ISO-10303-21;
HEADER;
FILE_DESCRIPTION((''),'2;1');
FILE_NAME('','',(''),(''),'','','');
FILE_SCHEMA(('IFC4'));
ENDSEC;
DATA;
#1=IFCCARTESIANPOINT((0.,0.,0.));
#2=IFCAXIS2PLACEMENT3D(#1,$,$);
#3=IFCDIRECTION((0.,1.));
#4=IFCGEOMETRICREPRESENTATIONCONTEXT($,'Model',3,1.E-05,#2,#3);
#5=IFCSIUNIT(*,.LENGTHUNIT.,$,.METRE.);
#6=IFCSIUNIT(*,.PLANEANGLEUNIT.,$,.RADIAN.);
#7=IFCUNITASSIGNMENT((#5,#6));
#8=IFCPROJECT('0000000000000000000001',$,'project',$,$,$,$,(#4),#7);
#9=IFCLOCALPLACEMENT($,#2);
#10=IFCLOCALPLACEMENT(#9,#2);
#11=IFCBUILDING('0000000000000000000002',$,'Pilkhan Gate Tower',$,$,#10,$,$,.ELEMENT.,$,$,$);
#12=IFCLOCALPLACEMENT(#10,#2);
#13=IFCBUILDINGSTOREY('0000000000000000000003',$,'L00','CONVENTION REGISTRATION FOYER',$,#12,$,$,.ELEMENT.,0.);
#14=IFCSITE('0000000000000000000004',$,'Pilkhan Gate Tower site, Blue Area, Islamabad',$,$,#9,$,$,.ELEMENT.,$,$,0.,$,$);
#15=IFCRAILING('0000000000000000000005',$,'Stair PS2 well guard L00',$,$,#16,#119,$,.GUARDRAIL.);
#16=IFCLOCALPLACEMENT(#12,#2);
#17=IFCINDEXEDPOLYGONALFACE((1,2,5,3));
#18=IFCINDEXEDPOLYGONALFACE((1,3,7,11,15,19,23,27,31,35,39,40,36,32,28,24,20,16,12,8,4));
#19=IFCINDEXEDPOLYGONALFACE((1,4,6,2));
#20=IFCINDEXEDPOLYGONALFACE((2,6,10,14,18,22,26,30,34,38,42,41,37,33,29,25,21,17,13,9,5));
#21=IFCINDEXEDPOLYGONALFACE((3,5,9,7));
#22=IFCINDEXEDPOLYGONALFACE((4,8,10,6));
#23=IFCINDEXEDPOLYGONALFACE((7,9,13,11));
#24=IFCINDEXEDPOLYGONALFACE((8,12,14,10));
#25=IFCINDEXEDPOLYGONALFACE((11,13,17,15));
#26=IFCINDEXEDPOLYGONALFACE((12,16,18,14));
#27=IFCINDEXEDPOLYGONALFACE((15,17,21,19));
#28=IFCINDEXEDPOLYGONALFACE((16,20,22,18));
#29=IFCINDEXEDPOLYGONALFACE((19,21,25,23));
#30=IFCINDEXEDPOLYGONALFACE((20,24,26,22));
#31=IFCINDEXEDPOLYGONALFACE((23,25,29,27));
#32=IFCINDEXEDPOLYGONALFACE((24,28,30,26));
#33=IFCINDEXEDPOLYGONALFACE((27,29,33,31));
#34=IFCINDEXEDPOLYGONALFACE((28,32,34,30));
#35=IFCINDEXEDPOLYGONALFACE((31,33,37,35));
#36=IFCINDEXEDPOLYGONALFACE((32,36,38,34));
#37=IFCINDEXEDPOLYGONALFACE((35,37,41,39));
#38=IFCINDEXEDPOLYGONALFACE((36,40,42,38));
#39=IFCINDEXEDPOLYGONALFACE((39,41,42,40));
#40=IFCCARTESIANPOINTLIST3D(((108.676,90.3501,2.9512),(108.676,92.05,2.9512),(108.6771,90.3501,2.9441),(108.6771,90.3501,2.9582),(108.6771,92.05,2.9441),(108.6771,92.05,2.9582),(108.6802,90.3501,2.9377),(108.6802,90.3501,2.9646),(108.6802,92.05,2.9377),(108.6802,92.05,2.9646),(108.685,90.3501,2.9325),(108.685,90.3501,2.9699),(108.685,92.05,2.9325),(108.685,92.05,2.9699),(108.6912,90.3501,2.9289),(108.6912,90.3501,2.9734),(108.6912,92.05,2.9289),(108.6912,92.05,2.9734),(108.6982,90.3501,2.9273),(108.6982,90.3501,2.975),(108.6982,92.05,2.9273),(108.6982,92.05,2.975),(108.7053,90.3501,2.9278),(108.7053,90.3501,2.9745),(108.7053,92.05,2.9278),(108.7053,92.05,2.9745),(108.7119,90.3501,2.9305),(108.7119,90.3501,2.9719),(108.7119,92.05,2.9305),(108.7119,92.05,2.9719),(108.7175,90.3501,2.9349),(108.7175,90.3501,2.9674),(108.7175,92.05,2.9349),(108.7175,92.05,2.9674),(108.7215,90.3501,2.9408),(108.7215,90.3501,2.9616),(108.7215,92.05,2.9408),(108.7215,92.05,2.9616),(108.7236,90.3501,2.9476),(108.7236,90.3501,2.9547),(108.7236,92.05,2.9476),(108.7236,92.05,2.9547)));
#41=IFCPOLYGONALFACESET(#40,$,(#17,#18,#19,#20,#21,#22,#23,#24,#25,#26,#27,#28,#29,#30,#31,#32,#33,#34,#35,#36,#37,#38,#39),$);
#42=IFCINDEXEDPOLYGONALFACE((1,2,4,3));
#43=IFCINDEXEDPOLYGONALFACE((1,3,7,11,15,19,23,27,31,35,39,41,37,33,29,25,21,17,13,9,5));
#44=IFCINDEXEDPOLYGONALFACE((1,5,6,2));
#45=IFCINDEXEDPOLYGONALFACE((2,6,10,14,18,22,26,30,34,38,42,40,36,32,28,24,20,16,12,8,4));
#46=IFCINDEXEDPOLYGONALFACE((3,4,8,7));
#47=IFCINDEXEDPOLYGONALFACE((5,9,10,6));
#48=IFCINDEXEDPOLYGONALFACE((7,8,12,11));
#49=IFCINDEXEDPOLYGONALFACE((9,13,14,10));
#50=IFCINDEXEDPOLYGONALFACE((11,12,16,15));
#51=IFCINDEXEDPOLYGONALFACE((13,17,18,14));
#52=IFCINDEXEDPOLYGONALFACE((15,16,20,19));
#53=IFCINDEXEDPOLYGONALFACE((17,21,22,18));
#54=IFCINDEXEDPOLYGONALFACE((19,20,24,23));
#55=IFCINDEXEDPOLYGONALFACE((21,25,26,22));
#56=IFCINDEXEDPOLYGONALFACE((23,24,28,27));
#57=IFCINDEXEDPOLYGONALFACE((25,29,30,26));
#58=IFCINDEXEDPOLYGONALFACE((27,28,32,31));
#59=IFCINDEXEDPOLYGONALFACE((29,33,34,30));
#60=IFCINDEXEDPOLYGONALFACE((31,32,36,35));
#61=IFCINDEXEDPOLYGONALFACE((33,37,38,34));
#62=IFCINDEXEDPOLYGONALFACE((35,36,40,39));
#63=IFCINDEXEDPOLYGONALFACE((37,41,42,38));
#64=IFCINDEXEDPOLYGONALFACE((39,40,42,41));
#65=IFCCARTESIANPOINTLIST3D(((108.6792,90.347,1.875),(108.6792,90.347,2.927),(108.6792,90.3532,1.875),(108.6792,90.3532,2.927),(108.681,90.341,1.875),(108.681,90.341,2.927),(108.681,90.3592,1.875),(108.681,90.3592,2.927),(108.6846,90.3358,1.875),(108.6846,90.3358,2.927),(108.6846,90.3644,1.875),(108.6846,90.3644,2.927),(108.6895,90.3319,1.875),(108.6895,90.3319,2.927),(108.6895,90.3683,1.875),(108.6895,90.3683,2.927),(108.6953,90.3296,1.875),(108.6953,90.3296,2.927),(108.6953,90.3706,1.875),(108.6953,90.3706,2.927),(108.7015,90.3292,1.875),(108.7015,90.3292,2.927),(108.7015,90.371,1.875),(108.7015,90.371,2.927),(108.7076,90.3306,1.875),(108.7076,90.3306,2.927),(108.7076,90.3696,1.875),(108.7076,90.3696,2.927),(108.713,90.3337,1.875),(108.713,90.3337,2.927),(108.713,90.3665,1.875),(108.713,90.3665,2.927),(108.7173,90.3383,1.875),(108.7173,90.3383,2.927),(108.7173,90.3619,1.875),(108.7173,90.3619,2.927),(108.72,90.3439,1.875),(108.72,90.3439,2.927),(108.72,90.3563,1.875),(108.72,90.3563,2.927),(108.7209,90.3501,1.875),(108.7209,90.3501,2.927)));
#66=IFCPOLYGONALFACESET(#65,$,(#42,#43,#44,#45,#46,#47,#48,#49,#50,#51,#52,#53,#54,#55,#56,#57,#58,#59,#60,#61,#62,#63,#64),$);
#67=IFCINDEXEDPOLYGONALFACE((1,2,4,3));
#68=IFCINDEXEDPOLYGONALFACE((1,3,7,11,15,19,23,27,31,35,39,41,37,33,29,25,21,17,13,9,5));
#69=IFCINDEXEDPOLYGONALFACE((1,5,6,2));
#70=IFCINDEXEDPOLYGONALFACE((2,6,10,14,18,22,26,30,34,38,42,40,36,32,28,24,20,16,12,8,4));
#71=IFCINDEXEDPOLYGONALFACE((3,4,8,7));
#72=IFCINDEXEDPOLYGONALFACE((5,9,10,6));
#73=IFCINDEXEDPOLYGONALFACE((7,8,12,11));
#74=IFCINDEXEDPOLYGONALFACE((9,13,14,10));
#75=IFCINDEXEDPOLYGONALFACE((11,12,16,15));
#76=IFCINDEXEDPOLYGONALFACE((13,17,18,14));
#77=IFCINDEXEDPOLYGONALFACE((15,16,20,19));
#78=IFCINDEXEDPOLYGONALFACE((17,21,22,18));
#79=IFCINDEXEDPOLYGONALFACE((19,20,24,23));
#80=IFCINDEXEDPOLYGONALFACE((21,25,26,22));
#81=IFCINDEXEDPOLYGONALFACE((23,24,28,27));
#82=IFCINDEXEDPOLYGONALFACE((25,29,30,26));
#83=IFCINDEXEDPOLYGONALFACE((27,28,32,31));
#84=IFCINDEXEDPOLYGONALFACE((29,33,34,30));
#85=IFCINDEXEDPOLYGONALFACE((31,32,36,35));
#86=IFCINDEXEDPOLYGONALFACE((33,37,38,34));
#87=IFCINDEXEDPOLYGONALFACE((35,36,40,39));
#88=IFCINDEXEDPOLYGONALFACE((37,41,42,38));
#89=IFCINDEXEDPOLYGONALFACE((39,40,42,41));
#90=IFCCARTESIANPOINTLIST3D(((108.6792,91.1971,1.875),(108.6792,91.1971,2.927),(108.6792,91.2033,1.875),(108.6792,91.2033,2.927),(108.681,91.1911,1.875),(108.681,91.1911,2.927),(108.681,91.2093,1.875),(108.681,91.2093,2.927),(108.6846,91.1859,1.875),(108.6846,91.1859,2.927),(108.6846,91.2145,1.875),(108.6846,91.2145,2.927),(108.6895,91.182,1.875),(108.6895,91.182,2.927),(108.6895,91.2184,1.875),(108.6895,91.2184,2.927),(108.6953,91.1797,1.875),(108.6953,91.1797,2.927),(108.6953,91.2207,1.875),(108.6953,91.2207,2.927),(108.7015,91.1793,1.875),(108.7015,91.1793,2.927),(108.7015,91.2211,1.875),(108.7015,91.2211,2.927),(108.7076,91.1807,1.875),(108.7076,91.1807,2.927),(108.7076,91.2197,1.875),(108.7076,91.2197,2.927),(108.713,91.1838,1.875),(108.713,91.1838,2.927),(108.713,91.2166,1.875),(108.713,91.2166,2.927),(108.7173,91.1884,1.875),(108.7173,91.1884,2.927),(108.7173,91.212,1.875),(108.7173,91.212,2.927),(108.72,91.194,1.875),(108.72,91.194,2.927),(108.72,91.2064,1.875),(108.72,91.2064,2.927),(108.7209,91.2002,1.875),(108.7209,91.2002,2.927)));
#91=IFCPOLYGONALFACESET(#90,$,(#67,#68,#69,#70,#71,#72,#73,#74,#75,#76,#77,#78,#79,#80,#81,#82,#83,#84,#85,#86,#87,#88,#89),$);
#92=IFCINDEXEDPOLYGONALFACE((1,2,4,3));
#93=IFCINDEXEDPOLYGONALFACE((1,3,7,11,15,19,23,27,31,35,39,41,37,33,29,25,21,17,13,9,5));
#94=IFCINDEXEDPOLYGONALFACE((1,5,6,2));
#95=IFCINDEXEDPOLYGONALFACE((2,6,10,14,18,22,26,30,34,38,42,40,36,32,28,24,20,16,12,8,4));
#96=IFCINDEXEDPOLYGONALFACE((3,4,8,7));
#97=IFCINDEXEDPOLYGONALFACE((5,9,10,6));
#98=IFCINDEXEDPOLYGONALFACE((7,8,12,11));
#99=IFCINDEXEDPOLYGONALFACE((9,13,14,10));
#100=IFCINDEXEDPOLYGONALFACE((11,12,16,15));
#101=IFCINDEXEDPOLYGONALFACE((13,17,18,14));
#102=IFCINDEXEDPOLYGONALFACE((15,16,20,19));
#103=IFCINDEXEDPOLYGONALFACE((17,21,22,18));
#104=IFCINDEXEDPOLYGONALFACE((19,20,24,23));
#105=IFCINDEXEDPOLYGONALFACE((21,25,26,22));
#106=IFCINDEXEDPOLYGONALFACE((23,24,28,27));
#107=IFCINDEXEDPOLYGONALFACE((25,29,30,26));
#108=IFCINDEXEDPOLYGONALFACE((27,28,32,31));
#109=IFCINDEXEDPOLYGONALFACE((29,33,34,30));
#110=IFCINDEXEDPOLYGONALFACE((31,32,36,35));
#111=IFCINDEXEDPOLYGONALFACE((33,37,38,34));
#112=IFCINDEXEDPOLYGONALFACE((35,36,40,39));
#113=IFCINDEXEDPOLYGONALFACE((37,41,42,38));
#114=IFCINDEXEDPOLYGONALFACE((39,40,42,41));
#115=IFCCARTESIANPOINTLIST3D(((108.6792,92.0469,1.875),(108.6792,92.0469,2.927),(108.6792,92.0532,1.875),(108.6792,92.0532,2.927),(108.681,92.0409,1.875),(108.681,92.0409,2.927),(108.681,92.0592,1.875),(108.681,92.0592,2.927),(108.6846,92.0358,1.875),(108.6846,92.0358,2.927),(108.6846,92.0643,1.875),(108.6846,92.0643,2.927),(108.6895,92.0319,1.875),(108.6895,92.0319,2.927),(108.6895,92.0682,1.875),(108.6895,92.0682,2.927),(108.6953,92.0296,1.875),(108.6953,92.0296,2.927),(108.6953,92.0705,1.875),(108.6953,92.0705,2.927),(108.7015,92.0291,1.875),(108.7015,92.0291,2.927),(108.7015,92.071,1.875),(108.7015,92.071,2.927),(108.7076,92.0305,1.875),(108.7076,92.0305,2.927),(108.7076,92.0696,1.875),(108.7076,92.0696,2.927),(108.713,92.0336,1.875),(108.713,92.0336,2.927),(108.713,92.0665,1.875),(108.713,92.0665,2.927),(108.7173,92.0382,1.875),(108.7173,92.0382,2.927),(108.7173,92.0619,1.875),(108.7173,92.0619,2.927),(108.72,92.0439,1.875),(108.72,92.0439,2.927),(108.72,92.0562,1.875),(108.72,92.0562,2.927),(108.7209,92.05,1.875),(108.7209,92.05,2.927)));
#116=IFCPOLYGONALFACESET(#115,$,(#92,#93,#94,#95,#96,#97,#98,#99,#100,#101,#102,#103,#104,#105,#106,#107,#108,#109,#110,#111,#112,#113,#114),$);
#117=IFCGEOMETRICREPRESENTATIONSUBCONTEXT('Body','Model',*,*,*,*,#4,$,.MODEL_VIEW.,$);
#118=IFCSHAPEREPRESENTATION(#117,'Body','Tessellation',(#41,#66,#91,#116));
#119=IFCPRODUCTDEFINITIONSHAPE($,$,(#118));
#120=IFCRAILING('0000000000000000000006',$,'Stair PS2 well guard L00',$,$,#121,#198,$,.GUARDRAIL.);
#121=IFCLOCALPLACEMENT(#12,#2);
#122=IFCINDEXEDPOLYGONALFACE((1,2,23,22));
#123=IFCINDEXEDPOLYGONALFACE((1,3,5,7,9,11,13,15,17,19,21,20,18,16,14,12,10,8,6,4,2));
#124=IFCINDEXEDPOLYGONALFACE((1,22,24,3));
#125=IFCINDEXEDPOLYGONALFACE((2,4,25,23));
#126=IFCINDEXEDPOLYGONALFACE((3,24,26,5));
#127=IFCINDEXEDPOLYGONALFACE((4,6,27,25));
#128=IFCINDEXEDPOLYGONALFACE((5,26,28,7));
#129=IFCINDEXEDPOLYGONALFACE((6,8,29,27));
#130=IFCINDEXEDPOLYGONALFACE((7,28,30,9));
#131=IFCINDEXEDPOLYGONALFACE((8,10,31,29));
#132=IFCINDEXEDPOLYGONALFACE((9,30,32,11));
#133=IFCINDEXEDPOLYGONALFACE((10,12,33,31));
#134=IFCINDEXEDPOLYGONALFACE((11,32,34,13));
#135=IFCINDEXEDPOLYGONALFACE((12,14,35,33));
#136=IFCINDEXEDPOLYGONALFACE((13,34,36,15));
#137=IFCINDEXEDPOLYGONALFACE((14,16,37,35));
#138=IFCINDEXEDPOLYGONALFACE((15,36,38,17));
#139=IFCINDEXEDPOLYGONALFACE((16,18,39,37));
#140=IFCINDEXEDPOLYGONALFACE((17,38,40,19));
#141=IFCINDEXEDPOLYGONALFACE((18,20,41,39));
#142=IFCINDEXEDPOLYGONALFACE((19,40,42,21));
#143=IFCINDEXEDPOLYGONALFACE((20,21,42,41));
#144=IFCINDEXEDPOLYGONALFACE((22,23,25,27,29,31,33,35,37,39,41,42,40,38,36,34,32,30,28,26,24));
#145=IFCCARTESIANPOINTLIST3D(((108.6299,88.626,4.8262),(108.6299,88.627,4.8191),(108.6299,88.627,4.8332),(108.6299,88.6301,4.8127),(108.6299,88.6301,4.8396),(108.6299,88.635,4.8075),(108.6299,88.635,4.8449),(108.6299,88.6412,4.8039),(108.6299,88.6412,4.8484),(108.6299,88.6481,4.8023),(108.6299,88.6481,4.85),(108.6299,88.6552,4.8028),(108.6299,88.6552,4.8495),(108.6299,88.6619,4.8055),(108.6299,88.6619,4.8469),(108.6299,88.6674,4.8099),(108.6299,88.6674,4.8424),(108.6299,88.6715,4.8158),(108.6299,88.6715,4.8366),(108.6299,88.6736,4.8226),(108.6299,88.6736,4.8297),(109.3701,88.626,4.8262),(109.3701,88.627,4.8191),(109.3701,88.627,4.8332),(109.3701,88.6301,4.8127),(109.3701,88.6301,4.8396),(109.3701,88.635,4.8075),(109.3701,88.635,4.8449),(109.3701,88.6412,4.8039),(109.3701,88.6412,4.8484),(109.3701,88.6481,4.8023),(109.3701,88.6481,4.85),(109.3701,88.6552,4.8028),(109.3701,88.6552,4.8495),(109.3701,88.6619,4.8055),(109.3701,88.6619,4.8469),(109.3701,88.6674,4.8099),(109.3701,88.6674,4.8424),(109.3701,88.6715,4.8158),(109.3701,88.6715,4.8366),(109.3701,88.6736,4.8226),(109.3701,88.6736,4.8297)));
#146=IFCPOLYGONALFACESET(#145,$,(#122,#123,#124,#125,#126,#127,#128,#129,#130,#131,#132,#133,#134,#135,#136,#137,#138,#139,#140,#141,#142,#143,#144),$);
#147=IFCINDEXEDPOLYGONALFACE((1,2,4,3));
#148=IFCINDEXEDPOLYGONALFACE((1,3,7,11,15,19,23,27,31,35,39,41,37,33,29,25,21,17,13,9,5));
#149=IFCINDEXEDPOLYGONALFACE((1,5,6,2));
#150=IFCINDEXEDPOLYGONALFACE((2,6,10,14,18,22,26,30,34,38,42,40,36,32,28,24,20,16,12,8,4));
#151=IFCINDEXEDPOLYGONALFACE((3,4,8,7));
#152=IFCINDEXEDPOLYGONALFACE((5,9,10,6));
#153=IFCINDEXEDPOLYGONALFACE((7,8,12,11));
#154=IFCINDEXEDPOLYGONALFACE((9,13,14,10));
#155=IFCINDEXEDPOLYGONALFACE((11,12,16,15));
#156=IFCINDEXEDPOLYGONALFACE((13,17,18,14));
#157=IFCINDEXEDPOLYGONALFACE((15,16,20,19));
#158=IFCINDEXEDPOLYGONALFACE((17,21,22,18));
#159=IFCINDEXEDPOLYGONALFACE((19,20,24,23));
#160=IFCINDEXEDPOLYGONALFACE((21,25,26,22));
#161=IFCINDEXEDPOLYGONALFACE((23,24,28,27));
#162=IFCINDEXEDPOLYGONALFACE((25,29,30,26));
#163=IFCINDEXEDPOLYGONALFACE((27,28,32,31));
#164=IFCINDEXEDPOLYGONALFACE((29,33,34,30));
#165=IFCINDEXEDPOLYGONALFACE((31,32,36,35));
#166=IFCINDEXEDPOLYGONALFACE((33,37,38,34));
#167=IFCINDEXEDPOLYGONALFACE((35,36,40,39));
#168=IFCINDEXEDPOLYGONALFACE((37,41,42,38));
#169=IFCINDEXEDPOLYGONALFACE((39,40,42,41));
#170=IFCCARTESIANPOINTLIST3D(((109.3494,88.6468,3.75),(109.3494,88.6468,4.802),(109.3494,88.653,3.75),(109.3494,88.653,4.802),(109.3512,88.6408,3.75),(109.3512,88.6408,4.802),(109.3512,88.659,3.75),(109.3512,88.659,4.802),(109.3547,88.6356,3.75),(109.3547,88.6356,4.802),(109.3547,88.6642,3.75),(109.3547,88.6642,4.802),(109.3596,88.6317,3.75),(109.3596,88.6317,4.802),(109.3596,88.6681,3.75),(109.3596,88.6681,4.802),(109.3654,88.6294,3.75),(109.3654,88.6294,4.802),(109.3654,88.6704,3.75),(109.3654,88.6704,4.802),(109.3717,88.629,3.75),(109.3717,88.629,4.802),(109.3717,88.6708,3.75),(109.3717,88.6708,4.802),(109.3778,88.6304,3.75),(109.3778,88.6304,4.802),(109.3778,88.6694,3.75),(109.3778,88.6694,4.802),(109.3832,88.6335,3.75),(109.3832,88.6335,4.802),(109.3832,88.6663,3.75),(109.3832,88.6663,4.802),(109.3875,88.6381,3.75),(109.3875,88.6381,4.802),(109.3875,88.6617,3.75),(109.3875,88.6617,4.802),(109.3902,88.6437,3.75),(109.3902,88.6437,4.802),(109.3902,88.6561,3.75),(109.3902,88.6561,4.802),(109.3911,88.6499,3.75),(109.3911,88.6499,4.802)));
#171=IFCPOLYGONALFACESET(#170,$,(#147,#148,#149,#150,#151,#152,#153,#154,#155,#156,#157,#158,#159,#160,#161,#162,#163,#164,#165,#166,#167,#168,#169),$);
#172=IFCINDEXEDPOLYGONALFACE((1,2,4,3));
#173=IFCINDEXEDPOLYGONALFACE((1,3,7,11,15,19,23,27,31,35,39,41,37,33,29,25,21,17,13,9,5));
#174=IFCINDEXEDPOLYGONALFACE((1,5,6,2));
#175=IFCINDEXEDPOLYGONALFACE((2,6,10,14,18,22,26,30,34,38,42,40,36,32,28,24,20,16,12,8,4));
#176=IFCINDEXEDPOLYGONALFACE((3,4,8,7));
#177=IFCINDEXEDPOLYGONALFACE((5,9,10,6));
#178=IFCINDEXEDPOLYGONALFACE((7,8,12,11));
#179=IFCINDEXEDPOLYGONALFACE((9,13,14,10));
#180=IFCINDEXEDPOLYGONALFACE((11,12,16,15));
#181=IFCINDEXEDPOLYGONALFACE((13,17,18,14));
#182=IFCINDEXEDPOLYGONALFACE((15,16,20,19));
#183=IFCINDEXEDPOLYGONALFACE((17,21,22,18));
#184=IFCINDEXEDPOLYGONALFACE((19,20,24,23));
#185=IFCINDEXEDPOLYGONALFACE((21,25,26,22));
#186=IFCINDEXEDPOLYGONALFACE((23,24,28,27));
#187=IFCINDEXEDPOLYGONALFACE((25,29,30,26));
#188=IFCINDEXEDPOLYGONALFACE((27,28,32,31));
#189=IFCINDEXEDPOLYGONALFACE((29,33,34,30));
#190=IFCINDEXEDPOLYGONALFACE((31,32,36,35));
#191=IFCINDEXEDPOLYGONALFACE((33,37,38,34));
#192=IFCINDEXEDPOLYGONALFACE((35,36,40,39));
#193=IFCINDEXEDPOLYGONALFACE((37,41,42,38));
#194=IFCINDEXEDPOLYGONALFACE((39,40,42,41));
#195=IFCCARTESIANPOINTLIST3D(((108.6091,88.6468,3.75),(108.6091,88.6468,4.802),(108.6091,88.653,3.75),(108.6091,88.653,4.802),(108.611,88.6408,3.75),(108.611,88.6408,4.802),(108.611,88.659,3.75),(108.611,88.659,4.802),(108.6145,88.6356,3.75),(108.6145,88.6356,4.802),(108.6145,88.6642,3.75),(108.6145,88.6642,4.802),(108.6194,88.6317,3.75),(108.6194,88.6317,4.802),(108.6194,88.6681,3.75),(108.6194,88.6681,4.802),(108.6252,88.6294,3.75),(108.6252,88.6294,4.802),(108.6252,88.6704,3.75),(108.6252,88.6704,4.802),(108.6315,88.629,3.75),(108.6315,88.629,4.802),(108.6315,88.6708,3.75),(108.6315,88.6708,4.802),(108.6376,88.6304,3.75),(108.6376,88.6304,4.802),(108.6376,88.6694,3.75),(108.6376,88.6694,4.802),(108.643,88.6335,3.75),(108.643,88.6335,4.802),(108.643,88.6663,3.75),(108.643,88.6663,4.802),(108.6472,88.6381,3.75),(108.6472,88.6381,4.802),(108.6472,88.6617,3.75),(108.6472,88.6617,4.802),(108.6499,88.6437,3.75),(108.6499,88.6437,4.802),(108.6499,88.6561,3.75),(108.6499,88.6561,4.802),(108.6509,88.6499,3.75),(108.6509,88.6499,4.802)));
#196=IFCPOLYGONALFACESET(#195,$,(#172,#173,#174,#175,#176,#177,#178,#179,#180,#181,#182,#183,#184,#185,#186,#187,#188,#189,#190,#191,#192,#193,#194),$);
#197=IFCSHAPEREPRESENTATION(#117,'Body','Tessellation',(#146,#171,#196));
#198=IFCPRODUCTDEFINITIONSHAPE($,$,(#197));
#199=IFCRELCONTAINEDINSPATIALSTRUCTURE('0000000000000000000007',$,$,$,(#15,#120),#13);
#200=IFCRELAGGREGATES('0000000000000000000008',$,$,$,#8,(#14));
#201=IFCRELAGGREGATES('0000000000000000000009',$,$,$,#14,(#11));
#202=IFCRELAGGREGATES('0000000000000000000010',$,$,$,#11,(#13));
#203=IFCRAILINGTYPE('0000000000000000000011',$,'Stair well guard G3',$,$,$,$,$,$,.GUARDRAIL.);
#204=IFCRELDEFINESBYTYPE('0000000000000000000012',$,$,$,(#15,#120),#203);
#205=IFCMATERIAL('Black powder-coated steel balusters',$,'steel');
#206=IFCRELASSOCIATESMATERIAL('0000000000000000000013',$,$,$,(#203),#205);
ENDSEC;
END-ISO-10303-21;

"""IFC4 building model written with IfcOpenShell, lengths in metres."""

from ifc_helpers import new_model, si_unit, direction, frame, origin, origin_2d, place, context, subcontext, project, spatial, circle, extrude, material, type_object, element, save


model = new_model("IFC4")

# Units and contexts
model_context = context("Model", 3, precision=1e-05, world=origin(), true_north=direction((0.0, 1.0)))
body_context = subcontext(model_context, "Body", "Model", "MODEL_VIEW")
ifc_project = project(units=[si_unit("LENGTHUNIT", "METRE"), si_unit("PLANEANGLEUNIT", "RADIAN")], contexts=[model_context])

# Site, building, storey
site_placement = place(None, origin())
site = spatial("IfcSite", under=ifc_project, at=site_placement, Name="Pilkhan Gate Tower site, Blue Area, Islamabad", CompositionType="ELEMENT", RefElevation=0.0)
building_placement = place(site_placement, origin())
building = spatial("IfcBuilding", under=site, at=building_placement, Name="Pilkhan Gate Tower", CompositionType="ELEMENT")
storey_placement = place(building_placement, origin())
storey = spatial("IfcBuildingStorey", under=building, at=storey_placement, Name="L00", Description="CONVENTION REGISTRATION FOYER", CompositionType="ELEMENT", Elevation=0.0)

# Railings
ifc_material_1 = material(Name="Black powder-coated steel balusters", Category="steel")
railing_type_1 = type_object("IfcRailingType", Name="Stair well guard G3", PredefinedType="GUARDRAIL", material=ifc_material_1)
railing_1_placement = place(storey_placement, frame((108.7, 90.3501, 1.875)))
element("IfcRailing", 1, at=railing_1_placement, inside=storey, type_object=railing_type_1, Name="Stair PS2 well guard L00", PredefinedType="GUARDRAIL", context=body_context, shape_type="SweptSolid", body=[
    extrude(circle(Radius=0.0239, at=origin_2d()), frame((0.0, 0.0, 1.0762), z_axis=(0.0, 1.0, 0.0), x_axis=(-1.0, 0.0, 0.0)), (0.0, 0.0, 1.0), 1.7),
    extrude(circle(Radius=0.021, at=origin_2d()), origin(), (0.0, 0.0, 1.0), 1.052),
    extrude(circle(Radius=0.021, at=origin_2d()), frame((0.0, 0.8501, 0.0)), (0.0, 0.0, 1.0), 1.052),
    extrude(circle(Radius=0.021, at=origin_2d()), frame((0.0, 1.7, 0.0)), (0.0, 0.0, 1.0), 1.052),
])
railing_2_placement = place(storey_placement, frame((109.3701, 88.6499, 3.75)))
element("IfcRailing", 2, at=railing_2_placement, inside=storey, type_object=railing_type_1, Name="Stair PS2 well guard L00", PredefinedType="GUARDRAIL", context=body_context, shape_type="SweptSolid", body=[
    extrude(circle(Radius=0.0239, at=origin_2d()), frame((0.0, 0.0, 1.0762), z_axis=(-1.0, 0.0, 0.0), x_axis=(0.0, -1.0, 0.0)), (0.0, 0.0, 1.0), 0.7402),
    extrude(circle(Radius=0.021, at=origin_2d()), origin(), (0.0, 0.0, 1.0), 1.052),
    extrude(circle(Radius=0.021, at=origin_2d()), frame((-0.7402, 0.0, 0.0)), (0.0, 0.0, 1.0), 1.052),
])

save(model, "model.ifc")
